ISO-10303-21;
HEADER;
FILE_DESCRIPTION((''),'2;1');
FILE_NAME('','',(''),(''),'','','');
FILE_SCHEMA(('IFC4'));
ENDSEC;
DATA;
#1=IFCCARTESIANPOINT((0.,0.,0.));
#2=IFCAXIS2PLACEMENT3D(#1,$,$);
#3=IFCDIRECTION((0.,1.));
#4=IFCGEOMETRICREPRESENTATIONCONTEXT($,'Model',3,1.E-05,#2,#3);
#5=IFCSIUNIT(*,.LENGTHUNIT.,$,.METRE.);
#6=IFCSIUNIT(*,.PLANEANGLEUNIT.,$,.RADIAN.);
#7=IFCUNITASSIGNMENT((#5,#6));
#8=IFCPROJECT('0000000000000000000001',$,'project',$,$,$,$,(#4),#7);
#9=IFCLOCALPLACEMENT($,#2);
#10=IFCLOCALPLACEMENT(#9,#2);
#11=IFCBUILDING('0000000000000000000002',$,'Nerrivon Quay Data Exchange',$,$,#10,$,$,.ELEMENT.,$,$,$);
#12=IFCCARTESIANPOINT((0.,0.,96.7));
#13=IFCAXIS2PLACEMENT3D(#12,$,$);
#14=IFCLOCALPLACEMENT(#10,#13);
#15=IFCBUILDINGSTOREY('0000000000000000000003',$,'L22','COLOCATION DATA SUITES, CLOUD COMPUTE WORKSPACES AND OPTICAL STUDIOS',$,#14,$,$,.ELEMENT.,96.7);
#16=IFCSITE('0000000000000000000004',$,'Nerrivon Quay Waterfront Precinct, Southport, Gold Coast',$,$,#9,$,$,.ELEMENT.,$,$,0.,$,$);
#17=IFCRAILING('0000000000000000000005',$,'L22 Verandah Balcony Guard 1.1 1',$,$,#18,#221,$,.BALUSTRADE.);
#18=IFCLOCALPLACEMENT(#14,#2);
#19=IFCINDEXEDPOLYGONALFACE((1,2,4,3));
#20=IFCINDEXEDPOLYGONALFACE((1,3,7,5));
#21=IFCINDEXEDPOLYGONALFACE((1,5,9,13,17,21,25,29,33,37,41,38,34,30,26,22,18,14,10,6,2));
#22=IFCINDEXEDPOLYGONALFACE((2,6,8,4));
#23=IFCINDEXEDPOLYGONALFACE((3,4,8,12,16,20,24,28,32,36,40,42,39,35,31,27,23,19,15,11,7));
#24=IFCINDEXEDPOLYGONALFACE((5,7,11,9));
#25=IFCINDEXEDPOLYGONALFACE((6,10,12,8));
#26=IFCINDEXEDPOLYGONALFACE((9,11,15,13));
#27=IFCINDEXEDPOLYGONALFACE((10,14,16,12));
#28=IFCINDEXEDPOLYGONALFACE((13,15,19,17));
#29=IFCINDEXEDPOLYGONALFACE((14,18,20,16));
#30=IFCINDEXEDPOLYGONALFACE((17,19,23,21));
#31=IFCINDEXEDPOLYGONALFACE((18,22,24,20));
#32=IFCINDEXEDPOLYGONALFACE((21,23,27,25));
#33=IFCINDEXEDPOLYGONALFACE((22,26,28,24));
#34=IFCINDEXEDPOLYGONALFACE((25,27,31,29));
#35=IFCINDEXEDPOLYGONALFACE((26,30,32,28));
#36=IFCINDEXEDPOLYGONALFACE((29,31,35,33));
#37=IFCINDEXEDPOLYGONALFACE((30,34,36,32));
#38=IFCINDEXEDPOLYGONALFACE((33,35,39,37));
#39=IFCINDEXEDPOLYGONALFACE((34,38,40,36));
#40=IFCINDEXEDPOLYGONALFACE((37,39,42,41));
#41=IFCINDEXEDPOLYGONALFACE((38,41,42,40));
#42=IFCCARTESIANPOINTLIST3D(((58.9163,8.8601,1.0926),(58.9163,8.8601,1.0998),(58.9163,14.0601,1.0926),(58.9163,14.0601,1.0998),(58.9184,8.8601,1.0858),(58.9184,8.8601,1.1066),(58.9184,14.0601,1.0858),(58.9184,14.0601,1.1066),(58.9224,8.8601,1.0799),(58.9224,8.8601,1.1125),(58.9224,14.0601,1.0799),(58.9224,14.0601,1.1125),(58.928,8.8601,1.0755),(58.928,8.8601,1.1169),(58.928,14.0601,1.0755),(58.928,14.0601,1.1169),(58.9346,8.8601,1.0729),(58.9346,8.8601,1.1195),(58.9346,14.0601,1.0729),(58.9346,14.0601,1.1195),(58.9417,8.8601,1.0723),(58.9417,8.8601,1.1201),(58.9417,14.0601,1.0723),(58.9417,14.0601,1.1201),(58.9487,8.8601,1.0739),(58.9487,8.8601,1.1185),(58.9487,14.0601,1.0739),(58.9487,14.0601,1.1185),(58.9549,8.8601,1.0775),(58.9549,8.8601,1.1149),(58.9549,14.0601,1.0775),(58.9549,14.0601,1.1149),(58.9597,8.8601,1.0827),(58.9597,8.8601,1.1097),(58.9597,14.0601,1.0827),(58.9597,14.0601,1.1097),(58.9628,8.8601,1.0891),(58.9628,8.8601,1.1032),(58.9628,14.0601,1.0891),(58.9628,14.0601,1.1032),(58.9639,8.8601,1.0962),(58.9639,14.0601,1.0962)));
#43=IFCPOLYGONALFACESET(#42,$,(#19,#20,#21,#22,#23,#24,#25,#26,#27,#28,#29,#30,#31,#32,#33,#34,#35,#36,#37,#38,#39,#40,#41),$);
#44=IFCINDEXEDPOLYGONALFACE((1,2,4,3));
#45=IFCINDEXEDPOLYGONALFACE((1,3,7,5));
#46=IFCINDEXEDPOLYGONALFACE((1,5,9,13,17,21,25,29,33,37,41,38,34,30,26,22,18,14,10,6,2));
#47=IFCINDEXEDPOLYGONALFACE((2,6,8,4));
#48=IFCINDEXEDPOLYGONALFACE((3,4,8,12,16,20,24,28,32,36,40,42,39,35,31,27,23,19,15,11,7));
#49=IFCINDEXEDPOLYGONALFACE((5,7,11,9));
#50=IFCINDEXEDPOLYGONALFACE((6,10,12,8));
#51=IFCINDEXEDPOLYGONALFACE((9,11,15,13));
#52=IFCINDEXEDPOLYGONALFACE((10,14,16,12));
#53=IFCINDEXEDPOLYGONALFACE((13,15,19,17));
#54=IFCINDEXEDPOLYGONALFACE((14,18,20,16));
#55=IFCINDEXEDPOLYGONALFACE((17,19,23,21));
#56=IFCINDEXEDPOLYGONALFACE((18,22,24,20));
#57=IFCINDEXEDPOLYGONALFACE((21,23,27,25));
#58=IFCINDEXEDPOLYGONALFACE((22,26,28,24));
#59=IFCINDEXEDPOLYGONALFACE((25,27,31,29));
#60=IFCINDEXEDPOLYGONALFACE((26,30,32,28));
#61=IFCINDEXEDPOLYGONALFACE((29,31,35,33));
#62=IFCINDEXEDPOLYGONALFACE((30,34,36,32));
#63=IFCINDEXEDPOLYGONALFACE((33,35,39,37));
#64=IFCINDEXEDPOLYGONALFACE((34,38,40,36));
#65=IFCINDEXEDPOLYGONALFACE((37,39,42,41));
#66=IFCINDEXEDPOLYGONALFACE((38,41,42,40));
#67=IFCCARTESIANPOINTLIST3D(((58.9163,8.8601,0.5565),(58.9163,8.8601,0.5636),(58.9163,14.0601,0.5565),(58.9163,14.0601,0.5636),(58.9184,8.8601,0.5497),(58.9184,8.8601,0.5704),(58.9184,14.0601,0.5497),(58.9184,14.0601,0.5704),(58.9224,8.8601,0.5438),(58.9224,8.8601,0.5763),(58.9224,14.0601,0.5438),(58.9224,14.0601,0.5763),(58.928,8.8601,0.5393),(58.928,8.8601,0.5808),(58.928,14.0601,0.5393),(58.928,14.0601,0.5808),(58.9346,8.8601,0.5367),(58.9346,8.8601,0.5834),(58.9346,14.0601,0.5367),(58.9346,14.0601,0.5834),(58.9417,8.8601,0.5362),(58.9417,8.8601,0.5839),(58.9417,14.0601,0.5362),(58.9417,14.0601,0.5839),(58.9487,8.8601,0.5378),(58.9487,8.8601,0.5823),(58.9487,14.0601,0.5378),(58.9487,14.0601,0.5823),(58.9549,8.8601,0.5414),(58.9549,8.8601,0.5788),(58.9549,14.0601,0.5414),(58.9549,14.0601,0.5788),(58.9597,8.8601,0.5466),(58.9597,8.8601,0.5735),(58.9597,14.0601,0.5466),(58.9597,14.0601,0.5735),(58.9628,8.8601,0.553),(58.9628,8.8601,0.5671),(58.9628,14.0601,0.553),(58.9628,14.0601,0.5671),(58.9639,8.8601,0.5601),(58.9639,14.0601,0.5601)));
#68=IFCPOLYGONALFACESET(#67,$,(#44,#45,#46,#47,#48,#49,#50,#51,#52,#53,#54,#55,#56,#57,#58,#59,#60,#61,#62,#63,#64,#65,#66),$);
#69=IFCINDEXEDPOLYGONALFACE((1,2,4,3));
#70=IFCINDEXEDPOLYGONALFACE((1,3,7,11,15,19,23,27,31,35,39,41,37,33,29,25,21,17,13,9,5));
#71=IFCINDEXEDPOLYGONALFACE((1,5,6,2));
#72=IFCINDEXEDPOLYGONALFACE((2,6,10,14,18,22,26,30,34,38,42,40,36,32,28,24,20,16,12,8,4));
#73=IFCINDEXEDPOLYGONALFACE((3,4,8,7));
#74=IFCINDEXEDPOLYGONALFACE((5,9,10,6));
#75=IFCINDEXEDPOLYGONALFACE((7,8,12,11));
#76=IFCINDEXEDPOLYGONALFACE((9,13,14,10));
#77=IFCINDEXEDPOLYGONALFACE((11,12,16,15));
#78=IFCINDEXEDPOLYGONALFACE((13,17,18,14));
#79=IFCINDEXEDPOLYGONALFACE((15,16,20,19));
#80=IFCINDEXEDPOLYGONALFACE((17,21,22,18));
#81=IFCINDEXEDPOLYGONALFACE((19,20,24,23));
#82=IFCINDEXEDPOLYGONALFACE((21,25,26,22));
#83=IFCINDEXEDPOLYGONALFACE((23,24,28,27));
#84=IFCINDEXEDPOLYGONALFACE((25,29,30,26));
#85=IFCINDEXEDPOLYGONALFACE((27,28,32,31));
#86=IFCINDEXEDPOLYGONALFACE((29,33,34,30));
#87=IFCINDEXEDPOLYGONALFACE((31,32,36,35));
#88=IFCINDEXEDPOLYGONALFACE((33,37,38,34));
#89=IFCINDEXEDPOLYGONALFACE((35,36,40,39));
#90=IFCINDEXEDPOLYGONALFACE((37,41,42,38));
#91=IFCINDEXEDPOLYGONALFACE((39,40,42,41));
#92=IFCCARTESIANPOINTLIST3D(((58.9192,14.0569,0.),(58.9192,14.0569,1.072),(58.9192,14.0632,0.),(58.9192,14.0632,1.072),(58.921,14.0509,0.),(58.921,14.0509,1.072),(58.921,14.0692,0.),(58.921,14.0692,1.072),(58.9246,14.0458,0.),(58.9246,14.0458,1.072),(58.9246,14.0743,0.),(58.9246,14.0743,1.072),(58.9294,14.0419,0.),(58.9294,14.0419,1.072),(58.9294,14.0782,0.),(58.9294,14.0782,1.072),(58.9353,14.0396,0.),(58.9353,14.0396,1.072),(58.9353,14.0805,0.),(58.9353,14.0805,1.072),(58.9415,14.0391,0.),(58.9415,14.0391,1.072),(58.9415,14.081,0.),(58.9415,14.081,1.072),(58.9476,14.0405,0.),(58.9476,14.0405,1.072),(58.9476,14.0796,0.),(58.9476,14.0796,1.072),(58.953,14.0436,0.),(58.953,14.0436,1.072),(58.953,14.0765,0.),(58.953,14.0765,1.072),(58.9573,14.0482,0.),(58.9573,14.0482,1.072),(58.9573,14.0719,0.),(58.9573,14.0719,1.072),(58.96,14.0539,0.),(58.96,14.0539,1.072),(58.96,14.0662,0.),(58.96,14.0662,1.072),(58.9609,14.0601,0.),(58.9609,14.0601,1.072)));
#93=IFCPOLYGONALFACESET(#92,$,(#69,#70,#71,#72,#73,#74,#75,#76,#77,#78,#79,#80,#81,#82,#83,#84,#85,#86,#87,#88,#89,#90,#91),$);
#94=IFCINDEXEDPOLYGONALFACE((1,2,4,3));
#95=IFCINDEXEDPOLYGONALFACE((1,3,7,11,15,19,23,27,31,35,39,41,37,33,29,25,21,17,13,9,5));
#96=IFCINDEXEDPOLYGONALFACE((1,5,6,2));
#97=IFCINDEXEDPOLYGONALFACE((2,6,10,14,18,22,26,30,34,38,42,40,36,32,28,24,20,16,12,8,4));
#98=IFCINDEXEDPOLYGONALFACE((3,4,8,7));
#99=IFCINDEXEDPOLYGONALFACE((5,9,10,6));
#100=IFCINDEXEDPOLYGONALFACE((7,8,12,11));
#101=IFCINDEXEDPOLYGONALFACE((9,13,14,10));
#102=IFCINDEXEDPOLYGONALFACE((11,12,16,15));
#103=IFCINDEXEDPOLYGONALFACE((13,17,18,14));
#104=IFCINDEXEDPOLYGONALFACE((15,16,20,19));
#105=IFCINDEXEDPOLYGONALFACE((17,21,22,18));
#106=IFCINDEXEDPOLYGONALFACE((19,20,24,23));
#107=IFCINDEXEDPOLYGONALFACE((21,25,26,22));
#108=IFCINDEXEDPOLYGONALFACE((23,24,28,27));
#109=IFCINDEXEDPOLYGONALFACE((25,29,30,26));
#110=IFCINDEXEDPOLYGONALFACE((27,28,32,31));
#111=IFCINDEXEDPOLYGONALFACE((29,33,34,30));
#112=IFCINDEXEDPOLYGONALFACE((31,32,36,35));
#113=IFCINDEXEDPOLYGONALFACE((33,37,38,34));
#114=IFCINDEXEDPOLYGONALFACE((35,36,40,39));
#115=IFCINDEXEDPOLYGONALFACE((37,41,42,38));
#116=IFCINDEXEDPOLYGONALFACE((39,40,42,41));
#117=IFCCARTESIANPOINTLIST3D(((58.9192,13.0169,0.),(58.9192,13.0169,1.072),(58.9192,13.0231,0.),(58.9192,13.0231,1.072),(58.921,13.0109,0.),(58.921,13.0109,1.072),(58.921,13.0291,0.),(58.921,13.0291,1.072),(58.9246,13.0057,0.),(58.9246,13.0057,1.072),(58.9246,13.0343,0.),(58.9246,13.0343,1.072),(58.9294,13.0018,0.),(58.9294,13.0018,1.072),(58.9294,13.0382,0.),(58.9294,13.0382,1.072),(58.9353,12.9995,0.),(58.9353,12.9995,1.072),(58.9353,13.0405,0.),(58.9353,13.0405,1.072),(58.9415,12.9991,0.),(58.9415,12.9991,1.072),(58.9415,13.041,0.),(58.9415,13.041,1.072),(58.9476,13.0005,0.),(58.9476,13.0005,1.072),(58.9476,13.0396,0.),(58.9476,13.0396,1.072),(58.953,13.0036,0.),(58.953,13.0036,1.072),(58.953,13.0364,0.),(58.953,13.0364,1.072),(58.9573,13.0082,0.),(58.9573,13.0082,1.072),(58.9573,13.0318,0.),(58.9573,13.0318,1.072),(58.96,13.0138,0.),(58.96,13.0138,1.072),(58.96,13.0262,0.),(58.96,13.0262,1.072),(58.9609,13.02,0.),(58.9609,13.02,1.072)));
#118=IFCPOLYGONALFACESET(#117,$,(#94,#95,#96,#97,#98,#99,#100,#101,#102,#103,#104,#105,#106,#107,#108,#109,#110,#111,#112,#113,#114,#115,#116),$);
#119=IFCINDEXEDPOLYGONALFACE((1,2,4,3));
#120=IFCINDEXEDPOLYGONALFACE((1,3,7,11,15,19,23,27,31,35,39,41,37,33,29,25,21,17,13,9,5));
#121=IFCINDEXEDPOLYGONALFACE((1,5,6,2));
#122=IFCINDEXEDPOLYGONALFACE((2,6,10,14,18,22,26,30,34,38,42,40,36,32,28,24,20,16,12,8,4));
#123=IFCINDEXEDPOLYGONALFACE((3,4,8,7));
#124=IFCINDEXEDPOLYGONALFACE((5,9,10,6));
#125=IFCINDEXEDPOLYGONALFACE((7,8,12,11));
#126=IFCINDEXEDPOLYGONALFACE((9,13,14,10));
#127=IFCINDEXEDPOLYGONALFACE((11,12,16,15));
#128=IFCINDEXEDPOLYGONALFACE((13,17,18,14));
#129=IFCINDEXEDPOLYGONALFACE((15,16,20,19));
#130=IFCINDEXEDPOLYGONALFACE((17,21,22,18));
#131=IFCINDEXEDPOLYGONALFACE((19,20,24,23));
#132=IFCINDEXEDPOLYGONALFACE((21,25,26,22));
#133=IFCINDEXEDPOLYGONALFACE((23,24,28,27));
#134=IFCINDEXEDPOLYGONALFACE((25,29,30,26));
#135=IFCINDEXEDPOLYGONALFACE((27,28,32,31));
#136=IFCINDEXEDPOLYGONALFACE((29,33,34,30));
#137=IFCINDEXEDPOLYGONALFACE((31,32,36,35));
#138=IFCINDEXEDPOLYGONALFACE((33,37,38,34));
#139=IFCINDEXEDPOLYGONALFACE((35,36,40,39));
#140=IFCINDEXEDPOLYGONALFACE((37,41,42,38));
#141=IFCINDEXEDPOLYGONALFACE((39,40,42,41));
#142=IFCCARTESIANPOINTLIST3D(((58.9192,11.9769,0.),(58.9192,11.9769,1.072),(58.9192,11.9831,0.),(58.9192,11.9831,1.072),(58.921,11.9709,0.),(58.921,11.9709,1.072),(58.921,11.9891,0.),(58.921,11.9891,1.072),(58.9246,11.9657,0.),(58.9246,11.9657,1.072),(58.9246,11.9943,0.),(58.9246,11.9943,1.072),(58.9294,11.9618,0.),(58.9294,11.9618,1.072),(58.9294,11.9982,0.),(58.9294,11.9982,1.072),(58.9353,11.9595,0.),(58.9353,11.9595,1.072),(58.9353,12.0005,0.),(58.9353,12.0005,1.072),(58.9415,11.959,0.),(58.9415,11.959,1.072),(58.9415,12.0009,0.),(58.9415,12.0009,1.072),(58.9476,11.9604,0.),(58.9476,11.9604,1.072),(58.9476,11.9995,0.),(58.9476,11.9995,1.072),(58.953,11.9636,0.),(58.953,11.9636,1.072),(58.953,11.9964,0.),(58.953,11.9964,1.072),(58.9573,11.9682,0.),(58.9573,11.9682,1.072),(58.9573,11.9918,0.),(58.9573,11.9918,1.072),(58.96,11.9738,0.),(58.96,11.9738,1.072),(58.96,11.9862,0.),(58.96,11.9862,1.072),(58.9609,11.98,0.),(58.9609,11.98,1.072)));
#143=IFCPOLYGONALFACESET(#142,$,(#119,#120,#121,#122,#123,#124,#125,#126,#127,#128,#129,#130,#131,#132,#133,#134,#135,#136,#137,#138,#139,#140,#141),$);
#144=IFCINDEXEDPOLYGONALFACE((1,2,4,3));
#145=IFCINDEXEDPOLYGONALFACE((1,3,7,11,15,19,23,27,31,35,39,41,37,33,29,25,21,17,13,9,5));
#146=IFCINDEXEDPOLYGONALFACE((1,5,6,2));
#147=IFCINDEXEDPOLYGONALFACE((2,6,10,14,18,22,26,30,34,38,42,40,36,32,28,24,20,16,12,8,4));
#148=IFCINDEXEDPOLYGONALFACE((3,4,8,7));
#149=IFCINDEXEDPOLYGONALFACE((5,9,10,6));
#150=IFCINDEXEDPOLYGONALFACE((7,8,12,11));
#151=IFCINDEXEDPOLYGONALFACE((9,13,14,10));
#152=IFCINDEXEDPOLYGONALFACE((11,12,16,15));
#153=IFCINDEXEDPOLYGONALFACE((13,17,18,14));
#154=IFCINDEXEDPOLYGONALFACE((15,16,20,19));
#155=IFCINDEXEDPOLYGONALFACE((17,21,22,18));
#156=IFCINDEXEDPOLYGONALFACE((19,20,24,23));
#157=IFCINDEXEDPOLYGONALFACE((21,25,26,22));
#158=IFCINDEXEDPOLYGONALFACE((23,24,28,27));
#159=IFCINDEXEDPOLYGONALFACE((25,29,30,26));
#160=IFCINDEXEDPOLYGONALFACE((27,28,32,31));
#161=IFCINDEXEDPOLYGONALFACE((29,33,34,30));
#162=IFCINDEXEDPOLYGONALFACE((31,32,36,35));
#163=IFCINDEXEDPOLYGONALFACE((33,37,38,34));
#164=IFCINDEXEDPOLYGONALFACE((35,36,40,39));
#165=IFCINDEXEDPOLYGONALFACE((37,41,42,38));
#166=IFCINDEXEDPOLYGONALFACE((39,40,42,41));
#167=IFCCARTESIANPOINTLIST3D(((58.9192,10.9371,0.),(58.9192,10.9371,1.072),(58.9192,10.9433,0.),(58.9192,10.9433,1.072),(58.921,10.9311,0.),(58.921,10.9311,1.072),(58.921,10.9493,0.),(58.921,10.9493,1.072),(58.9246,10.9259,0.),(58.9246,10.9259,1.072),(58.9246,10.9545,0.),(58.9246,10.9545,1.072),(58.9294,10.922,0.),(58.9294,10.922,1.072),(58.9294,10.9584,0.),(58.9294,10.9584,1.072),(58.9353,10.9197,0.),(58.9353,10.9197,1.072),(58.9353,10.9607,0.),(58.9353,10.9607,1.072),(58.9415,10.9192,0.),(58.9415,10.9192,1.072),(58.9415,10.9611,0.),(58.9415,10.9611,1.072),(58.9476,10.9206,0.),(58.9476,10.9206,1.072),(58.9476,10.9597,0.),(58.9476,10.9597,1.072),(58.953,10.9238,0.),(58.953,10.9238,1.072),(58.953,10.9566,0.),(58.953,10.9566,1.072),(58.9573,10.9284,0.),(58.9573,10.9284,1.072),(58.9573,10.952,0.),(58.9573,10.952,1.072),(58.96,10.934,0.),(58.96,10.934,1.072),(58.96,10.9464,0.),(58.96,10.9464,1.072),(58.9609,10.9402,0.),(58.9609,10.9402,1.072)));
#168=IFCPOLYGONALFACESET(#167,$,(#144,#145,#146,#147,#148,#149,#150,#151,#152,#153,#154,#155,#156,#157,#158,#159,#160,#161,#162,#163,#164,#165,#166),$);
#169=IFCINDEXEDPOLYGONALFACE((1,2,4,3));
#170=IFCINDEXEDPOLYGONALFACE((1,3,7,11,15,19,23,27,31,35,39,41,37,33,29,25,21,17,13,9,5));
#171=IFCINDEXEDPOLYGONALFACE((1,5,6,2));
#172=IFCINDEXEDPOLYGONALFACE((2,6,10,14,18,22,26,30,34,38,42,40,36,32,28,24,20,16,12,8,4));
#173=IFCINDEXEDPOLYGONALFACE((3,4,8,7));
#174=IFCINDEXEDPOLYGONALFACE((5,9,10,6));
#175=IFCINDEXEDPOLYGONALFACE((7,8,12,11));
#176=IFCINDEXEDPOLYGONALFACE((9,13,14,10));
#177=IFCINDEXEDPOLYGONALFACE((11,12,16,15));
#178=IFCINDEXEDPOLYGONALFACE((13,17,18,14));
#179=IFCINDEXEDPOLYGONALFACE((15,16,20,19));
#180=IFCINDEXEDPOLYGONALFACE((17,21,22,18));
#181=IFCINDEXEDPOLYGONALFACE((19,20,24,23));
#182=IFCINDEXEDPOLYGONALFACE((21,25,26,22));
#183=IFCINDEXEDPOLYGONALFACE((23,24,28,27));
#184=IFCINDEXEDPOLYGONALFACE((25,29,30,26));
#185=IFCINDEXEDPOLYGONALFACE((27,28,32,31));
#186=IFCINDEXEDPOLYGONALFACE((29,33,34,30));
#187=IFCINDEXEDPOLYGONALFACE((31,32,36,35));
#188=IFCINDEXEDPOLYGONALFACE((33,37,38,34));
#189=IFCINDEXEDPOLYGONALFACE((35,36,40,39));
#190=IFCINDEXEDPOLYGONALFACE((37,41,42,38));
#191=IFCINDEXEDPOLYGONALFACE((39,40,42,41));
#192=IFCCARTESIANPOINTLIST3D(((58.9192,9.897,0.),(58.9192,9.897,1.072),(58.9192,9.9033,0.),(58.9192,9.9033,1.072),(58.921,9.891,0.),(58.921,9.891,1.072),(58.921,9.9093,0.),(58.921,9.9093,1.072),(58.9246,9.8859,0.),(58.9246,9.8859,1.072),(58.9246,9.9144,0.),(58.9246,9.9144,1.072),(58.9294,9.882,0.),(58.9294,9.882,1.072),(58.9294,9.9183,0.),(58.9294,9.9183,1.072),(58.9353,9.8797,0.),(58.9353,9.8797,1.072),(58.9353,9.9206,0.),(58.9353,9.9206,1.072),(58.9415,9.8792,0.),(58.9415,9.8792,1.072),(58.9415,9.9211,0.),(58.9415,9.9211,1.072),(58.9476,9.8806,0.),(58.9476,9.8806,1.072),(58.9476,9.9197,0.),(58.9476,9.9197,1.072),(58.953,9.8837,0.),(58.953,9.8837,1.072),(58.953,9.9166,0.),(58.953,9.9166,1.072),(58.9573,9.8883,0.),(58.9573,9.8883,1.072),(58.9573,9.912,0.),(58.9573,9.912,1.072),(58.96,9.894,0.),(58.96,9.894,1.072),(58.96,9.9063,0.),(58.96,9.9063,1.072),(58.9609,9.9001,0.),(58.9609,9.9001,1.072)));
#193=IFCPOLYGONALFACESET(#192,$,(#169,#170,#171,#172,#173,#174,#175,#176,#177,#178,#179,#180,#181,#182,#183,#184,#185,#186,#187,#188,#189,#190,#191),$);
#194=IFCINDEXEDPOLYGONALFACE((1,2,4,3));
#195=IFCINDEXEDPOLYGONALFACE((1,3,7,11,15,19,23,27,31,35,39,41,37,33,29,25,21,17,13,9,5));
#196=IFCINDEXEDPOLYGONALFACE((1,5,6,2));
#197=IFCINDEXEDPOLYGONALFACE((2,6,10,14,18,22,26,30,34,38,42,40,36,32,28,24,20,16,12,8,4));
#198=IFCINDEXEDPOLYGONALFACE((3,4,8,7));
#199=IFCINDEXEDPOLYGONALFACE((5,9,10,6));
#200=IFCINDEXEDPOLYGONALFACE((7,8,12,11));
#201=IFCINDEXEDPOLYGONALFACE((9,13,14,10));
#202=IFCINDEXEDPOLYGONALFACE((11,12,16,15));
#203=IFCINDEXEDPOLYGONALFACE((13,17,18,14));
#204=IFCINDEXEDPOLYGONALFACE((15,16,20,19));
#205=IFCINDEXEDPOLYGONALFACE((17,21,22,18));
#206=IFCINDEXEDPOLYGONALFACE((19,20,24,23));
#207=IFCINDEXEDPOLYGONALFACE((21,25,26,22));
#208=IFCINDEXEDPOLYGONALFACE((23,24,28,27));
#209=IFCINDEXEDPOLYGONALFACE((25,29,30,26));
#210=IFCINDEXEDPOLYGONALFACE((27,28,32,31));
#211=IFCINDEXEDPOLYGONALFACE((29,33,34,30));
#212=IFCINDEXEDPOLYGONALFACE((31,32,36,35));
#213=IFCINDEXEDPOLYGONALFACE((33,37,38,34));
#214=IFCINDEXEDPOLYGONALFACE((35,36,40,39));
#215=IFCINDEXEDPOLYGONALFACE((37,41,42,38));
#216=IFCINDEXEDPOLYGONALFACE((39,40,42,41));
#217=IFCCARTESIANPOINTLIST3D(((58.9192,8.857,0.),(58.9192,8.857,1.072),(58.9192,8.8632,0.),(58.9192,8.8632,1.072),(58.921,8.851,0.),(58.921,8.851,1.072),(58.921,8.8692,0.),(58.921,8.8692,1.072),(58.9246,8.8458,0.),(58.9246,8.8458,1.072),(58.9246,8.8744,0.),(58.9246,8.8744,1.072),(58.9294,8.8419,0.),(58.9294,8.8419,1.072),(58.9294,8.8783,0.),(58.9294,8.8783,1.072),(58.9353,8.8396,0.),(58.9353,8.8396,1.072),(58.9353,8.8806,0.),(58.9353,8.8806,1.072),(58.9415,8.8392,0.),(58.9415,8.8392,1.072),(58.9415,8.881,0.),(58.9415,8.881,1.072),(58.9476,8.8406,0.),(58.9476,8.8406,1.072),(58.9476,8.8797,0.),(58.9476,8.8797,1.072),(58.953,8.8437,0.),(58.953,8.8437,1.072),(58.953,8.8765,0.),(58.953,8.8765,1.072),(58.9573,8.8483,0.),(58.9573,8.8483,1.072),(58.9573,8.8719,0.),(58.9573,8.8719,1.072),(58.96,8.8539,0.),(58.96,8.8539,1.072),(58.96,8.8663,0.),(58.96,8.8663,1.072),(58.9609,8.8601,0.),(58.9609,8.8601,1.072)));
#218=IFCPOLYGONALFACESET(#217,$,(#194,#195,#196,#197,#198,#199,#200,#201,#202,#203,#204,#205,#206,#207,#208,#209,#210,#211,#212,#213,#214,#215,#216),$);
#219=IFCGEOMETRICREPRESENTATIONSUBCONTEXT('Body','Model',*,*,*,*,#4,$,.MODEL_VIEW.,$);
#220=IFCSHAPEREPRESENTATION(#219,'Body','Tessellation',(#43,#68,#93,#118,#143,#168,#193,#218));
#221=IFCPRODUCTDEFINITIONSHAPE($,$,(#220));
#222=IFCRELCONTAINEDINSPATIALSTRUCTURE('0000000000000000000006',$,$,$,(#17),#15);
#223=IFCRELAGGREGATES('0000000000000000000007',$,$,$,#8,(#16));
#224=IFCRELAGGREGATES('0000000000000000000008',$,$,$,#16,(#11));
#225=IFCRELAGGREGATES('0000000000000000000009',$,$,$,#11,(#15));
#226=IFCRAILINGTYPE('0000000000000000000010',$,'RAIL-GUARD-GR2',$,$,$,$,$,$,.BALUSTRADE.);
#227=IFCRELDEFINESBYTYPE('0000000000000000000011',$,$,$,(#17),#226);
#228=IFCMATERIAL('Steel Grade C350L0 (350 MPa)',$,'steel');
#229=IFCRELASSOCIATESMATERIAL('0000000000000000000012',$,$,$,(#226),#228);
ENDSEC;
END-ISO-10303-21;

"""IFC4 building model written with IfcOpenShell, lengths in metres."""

from ifc_helpers import new_model, si_unit, direction, frame, origin, origin_2d, place, context, subcontext, project, spatial, circle, extrude, material, type_object, element, save


model = new_model("IFC4")

# Units and contexts
model_context = context("Model", 3, precision=1e-05, world=origin(), true_north=direction((0.0, 1.0)))
body_context = subcontext(model_context, "Body", "Model", "MODEL_VIEW")
ifc_project = project(units=[si_unit("LENGTHUNIT", "METRE"), si_unit("PLANEANGLEUNIT", "RADIAN")], contexts=[model_context])

# Site, building, storey
site_placement = place(None, origin())
site = spatial("IfcSite", under=ifc_project, at=site_placement, Name="Nerrivon Quay Waterfront Precinct, Southport, Gold Coast", CompositionType="ELEMENT", RefElevation=0.0)
building_placement = place(site_placement, origin())
building = spatial("IfcBuilding", under=site, at=building_placement, Name="Nerrivon Quay Data Exchange", CompositionType="ELEMENT")
storey_placement = place(building_placement, frame((0.0, 0.0, 96.7)))
storey = spatial("IfcBuildingStorey", under=building, at=storey_placement, Name="L22", Description="COLOCATION DATA SUITES, CLOUD COMPUTE WORKSPACES AND OPTICAL STUDIOS", CompositionType="ELEMENT", Elevation=96.7)

# Railing
ifc_material_1 = material(Name="Steel Grade C350L0 (350 MPa)", Category="steel")
railing_type = type_object("IfcRailingType", Name="RAIL-GUARD-GR2", PredefinedType="BALUSTRADE", material=ifc_material_1)
railing_1_placement = place(storey_placement, frame((58.9399, 14.0601, 0.0)))
element("IfcRailing", 1, at=railing_1_placement, inside=storey, type_object=railing_type, Name="L22 Verandah Balcony Guard 1.1 1", PredefinedType="BALUSTRADE", context=body_context, shape_type="SweptSolid", body=[
    extrude(circle(Radius=0.0239, at=origin_2d()), frame((0.0, 0.0, 1.0962), z_axis=(0.0, -1.0, 0.0), x_axis=(1.0, 0.0, 0.0)), (0.0, 0.0, 1.0), 5.2),
    extrude(circle(Radius=0.0239, at=origin_2d()), frame((0.0, 0.0, 0.5601), z_axis=(0.0, -1.0, 0.0), x_axis=(1.0, 0.0, 0.0)), (0.0, 0.0, 1.0), 5.2),
    extrude(circle(Radius=0.021, at=origin_2d()), origin(), (0.0, 0.0, 1.0), 1.072),
    extrude(circle(Radius=0.021, at=origin_2d()), frame((0.0, -1.04, 0.0)), (0.0, 0.0, 1.0), 1.072),
    extrude(circle(Radius=0.021, at=origin_2d()), frame((0.0, -2.0801, 0.0)), (0.0, 0.0, 1.0), 1.072),
    extrude(circle(Radius=0.021, at=origin_2d()), frame((0.0, -3.1199, 0.0)), (0.0, 0.0, 1.0), 1.072),
    extrude(circle(Radius=0.021, at=origin_2d()), frame((0.0, -4.1599, 0.0)), (0.0, 0.0, 1.0), 1.072),
    extrude(circle(Radius=0.021, at=origin_2d()), frame((0.0, -5.2, 0.0)), (0.0, 0.0, 1.0), 1.072),
])

save(model, "model.ifc")
